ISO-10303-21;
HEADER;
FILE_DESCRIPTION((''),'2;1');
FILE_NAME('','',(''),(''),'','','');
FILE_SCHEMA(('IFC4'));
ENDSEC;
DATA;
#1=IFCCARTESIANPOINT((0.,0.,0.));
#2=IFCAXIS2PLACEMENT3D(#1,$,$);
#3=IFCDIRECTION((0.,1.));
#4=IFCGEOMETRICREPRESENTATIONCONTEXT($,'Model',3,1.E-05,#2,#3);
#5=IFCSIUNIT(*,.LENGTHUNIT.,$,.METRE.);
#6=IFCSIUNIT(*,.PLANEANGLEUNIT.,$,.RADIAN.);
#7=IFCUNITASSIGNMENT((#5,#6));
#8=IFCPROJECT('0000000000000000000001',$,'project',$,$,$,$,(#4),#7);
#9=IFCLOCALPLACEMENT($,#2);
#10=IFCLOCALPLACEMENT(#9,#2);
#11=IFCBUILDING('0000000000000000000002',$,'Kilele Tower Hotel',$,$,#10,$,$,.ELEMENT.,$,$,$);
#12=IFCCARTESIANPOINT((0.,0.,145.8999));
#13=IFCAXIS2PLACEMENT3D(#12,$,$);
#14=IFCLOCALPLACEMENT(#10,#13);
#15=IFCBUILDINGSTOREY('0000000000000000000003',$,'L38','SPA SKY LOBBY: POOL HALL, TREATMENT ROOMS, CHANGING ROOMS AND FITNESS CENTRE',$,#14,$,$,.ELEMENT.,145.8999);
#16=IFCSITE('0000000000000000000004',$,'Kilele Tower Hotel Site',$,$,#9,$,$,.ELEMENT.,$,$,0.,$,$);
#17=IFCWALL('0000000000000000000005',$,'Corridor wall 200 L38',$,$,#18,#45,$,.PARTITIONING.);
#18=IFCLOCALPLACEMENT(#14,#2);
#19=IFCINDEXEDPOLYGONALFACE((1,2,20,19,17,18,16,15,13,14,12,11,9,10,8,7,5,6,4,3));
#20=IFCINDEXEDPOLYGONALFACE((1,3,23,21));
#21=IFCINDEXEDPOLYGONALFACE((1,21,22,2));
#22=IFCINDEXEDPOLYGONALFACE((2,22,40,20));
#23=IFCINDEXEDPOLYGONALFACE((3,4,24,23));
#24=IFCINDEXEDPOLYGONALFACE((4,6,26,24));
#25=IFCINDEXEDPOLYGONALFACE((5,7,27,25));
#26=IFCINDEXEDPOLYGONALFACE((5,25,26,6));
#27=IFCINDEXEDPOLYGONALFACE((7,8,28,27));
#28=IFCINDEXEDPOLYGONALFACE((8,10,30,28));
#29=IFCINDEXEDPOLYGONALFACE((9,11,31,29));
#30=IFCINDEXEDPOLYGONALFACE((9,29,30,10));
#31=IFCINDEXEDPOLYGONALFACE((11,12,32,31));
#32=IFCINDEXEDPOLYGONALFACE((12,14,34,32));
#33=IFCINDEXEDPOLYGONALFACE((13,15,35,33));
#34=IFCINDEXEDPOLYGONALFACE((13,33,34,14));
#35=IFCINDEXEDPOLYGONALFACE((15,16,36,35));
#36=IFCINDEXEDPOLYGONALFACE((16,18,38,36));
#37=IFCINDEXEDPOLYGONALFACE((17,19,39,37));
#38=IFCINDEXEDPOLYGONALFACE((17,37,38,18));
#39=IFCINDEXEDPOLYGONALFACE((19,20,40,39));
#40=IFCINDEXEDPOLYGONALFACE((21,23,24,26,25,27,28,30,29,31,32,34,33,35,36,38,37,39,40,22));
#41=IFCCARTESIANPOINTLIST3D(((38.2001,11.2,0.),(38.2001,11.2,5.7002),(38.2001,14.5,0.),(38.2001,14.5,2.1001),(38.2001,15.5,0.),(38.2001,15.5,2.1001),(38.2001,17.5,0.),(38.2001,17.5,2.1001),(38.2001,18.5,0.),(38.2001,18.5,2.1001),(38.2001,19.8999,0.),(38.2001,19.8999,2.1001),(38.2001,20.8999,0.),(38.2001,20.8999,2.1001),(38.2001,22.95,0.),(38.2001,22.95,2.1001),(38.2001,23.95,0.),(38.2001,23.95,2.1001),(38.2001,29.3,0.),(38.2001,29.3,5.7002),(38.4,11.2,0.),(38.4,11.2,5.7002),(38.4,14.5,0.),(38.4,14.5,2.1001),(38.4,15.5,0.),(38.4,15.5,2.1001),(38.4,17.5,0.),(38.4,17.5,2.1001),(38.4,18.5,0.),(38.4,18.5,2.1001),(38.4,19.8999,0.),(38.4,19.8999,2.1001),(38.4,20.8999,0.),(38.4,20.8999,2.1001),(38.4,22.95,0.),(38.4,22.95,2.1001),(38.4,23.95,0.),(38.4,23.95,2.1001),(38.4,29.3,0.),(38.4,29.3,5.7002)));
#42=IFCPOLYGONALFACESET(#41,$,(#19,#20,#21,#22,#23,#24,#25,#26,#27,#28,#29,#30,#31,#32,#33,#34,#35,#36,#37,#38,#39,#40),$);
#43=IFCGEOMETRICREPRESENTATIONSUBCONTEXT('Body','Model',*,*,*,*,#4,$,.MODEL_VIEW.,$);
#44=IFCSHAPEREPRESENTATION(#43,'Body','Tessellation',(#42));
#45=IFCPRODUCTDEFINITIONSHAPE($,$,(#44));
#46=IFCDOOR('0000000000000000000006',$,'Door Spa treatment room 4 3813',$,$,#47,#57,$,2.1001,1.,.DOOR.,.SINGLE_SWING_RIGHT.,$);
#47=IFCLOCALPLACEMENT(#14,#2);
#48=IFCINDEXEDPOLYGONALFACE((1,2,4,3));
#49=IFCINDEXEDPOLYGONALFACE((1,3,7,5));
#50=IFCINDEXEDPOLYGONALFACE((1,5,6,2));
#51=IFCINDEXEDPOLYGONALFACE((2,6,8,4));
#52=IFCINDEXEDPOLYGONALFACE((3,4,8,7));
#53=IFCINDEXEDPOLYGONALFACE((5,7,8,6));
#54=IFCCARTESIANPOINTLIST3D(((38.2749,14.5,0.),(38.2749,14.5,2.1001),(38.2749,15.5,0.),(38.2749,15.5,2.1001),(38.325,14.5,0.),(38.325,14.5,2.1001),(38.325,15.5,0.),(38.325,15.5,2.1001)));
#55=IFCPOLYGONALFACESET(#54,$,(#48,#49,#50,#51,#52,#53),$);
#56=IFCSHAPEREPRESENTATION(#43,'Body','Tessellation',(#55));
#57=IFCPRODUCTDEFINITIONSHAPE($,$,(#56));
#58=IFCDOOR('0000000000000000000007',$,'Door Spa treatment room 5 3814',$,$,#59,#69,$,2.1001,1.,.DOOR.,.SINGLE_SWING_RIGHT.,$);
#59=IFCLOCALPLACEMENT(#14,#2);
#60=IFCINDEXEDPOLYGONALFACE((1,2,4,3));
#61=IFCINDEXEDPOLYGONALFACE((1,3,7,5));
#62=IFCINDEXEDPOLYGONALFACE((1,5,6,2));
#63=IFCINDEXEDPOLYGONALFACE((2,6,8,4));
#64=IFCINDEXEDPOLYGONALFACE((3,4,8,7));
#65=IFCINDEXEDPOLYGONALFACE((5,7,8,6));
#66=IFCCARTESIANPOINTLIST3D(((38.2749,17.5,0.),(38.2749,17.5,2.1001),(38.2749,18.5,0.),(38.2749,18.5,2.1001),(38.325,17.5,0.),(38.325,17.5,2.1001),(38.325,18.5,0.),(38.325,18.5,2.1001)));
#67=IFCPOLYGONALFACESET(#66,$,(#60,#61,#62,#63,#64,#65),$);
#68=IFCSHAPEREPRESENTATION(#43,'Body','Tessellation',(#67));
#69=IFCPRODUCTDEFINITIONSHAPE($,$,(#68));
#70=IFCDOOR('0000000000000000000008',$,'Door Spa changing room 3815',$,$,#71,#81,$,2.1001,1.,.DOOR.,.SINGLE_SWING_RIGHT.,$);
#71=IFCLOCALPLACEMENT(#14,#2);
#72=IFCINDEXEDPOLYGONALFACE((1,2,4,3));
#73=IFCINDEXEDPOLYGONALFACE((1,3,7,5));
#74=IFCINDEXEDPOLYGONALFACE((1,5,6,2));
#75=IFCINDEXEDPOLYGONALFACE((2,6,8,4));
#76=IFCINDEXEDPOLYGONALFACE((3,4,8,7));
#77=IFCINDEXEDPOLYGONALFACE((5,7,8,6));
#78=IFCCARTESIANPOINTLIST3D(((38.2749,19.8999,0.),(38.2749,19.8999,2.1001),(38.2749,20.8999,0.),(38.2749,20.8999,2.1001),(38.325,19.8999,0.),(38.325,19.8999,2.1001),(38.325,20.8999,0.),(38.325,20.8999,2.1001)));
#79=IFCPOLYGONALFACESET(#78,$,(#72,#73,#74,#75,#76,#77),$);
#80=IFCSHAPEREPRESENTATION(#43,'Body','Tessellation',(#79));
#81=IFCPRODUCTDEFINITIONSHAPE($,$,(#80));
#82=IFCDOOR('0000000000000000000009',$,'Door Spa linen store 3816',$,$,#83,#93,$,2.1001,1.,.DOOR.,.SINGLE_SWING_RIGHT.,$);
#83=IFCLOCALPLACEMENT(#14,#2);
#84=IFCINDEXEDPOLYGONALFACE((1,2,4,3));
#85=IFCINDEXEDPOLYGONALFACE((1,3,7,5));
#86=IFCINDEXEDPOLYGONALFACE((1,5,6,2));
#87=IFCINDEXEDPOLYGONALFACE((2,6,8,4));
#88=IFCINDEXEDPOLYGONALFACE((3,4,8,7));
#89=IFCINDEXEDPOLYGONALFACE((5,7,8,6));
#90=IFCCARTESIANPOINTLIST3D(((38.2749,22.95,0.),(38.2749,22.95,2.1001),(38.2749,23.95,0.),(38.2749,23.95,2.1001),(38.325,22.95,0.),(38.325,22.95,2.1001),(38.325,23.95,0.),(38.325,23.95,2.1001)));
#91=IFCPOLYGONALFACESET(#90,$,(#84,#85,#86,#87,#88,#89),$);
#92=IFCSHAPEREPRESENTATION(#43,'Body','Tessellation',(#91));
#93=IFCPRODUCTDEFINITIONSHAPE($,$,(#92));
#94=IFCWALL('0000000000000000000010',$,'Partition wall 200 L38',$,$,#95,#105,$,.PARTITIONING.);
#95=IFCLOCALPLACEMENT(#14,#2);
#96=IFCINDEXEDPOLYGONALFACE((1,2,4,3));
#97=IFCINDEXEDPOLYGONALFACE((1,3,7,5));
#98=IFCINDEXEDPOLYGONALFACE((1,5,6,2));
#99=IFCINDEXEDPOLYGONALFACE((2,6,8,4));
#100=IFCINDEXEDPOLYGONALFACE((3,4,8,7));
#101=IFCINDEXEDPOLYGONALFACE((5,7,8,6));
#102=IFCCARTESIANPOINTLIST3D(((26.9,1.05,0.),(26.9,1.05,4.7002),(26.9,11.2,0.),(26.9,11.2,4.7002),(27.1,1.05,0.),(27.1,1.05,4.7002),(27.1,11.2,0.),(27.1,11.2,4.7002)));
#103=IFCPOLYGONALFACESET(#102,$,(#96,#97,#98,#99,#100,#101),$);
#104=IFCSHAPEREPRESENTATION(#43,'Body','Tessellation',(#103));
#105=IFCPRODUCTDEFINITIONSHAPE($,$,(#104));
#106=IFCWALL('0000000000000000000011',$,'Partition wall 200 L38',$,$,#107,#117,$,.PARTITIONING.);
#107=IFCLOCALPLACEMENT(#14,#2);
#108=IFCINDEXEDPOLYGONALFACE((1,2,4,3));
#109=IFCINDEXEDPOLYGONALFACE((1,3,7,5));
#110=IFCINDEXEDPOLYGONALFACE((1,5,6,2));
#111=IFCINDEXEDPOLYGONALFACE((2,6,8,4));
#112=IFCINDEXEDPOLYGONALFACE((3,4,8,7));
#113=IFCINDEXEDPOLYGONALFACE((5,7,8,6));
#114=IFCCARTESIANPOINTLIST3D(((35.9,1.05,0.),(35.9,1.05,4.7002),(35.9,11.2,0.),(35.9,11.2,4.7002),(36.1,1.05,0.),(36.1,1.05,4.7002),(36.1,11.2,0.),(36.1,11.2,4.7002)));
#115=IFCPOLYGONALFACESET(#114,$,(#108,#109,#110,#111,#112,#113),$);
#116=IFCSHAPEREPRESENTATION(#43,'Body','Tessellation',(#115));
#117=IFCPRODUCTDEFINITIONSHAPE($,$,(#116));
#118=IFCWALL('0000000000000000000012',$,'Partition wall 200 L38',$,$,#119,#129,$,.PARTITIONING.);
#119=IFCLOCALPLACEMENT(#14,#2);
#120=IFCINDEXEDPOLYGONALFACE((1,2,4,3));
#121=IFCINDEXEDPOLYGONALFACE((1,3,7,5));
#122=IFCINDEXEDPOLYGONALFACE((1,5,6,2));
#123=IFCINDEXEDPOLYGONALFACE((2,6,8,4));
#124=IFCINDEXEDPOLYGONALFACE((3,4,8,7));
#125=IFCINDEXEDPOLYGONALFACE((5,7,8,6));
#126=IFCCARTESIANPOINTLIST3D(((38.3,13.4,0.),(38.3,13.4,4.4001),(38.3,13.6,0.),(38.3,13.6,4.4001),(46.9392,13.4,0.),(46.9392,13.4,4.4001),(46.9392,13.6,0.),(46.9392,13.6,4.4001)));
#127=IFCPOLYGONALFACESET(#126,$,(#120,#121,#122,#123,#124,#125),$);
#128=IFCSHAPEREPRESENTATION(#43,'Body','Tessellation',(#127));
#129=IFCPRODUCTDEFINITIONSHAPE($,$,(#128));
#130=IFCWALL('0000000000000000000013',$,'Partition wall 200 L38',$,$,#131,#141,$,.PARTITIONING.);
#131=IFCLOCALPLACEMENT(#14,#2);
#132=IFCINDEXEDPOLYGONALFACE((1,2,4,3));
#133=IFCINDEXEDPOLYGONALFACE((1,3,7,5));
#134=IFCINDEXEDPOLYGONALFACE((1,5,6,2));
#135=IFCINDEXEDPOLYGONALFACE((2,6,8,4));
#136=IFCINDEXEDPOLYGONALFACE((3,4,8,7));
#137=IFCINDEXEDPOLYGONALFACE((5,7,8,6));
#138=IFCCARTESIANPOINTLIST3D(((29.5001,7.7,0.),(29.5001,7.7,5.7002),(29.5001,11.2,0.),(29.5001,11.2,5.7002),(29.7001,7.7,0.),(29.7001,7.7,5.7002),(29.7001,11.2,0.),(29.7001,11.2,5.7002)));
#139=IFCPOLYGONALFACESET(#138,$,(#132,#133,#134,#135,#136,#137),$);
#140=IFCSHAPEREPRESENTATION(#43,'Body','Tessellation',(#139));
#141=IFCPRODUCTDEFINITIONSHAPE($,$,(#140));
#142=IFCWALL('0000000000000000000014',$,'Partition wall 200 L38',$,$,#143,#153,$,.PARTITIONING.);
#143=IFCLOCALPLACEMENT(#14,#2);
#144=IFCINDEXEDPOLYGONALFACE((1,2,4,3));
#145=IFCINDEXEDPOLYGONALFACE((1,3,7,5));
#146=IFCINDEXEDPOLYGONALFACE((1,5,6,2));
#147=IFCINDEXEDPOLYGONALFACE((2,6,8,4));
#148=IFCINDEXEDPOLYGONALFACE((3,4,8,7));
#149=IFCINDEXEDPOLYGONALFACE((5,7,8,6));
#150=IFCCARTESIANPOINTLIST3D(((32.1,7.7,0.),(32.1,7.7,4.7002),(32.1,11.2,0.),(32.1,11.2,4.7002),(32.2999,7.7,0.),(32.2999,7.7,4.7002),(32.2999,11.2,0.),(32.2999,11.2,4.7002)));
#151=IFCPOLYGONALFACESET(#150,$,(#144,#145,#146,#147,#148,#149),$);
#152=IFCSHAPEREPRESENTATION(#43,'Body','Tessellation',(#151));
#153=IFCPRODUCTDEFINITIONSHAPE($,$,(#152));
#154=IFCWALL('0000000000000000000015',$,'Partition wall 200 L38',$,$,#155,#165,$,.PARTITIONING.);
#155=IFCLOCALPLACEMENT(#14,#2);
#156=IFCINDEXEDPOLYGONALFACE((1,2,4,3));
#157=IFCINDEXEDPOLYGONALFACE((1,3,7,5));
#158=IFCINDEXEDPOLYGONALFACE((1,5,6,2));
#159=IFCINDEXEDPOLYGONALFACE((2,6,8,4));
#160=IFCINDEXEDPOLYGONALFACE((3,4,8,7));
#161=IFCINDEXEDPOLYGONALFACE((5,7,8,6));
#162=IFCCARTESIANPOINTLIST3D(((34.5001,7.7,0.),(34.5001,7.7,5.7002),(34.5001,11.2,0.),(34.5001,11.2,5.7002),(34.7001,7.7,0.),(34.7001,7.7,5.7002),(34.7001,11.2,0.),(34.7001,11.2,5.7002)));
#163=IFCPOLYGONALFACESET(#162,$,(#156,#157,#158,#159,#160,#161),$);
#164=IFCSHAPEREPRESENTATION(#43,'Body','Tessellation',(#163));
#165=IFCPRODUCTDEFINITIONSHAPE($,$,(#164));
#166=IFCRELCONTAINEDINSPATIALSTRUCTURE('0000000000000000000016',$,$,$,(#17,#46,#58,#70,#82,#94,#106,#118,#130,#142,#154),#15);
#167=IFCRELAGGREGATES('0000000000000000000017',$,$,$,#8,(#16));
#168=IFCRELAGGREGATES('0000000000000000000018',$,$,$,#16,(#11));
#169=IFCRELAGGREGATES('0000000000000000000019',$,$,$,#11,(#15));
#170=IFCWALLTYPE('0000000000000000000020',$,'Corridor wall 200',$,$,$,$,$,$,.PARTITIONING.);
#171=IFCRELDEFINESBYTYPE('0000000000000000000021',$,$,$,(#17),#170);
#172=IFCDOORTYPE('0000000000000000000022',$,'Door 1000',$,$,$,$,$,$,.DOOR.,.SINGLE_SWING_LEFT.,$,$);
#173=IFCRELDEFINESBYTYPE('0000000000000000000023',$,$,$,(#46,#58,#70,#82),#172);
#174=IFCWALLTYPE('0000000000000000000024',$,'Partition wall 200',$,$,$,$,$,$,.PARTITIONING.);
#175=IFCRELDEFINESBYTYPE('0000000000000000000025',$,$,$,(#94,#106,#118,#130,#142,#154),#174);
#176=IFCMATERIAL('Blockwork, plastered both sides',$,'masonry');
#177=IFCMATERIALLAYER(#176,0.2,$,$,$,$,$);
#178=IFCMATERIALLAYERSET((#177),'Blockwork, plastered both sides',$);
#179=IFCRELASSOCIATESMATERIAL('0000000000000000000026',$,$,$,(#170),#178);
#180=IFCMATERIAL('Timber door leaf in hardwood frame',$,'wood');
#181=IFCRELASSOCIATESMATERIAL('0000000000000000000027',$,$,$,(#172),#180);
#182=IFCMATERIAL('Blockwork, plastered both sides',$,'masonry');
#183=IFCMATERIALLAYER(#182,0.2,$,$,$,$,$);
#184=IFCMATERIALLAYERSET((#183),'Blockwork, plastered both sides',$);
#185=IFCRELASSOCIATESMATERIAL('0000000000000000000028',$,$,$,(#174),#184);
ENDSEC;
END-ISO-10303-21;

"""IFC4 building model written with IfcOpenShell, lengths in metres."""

from ifc_helpers import new_model, si_unit, direction, frame, frame_2d, origin, place, context, subcontext, project, spatial, rectangle, extrude, material, layer, layer_set, type_object, element, fill, save


model = new_model("IFC4")

# Units and contexts
model_context = context("Model", 3, precision=1e-05, world=origin(), true_north=direction((0.0, 1.0)))
body_context = subcontext(model_context, "Body", "Model", "MODEL_VIEW")
ifc_project = project(units=[si_unit("LENGTHUNIT", "METRE"), si_unit("PLANEANGLEUNIT", "RADIAN")], contexts=[model_context])

# Site, building, storey
site_placement = place(None, origin())
site = spatial("IfcSite", under=ifc_project, at=site_placement, Name="Kilele Tower Hotel Site", CompositionType="ELEMENT", RefElevation=0.0)
building_placement = place(site_placement, origin())
building = spatial("IfcBuilding", under=site, at=building_placement, Name="Kilele Tower Hotel", CompositionType="ELEMENT")
storey_placement = place(building_placement, frame((0.0, 0.0, 145.8999)))
storey = spatial("IfcBuildingStorey", under=building, at=storey_placement, Name="L38", Description="SPA SKY LOBBY: POOL HALL, TREATMENT ROOMS, CHANGING ROOMS AND FITNESS CENTRE", CompositionType="ELEMENT", Elevation=145.8999)

# Wall, openings, doors
ifc_material_1 = material(Name="Blockwork, plastered both sides", Category="masonry")
ifc_layer_1 = layer(ifc_material_1, 0.2)
ifc_layer_set_1 = layer_set([ifc_layer_1], Name="Blockwork, plastered both sides")
wall_type_1 = type_object("IfcWallType", Name="Corridor wall 200", PredefinedType="PARTITIONING", material=ifc_layer_set_1)
wall_1_placement = place(storey_placement, frame((38.3, 11.2, 0.0), z_axis=(0.0, 0.0, 1.0), x_axis=(0.0, 1.0, 0.0)))
wall_1 = element("IfcWall", 1, at=wall_1_placement, inside=storey, type_object=wall_type_1, Name="Corridor wall 200 L38", PredefinedType="PARTITIONING", context=body_context, shape_type="SweptSolid", body=[
    extrude(rectangle(XDim=18.1001, YDim=0.2, at=frame_2d((9.05, 0.0))), origin(), (0.0, 0.0, 1.0), 5.7002),
])
opening_1_placement = place(wall_1_placement, frame((4.3, 0.0, 0.0), z_axis=(0.0, 0.0, 1.0), x_axis=(-1.0, 0.0, 0.0)))
opening_1 = element("IfcOpeningElement", 2, at=opening_1_placement, cuts=wall_1, PredefinedType="OPENING", context=body_context, shape_type="SweptSolid", body=[
    extrude(rectangle(XDim=1.0, YDim=2.1001, at=frame_2d((0.5, 1.05))), frame((0.0, 0.1099, 0.0), z_axis=(0.0, -1.0, 0.0), x_axis=(1.0, 0.0, 0.0)), (0.0, 0.0, 1.0), 0.22),
])
opening_2_placement = place(wall_1_placement, frame((7.3, 0.0, 0.0), z_axis=(0.0, 0.0, 1.0), x_axis=(-1.0, 0.0, 0.0)))
opening_2 = element("IfcOpeningElement", 3, at=opening_2_placement, cuts=wall_1, PredefinedType="OPENING", context=body_context, shape_type="SweptSolid", body=[
    extrude(rectangle(XDim=1.0, YDim=2.1001, at=frame_2d((0.5, 1.05))), frame((0.0, 0.1099, 0.0), z_axis=(0.0, -1.0, 0.0), x_axis=(1.0, 0.0, 0.0)), (0.0, 0.0, 1.0), 0.22),
])
opening_3_placement = place(wall_1_placement, frame((9.7, 0.0, 0.0), z_axis=(0.0, 0.0, 1.0), x_axis=(-1.0, 0.0, 0.0)))
opening_3 = element("IfcOpeningElement", 4, at=opening_3_placement, cuts=wall_1, PredefinedType="OPENING", context=body_context, shape_type="SweptSolid", body=[
    extrude(rectangle(XDim=1.0, YDim=2.1001, at=frame_2d((0.5, 1.05))), frame((0.0, 0.1099, 0.0), z_axis=(0.0, -1.0, 0.0), x_axis=(1.0, 0.0, 0.0)), (0.0, 0.0, 1.0), 0.22),
])
opening_4_placement = place(wall_1_placement, frame((12.75, 0.0, 0.0), z_axis=(0.0, 0.0, 1.0), x_axis=(-1.0, 0.0, 0.0)))
opening_4 = element("IfcOpeningElement", 5, at=opening_4_placement, cuts=wall_1, PredefinedType="OPENING", context=body_context, shape_type="SweptSolid", body=[
    extrude(rectangle(XDim=1.0, YDim=2.1001, at=frame_2d((0.5, 1.05))), frame((0.0, 0.1099, 0.0), z_axis=(0.0, -1.0, 0.0), x_axis=(1.0, 0.0, 0.0)), (0.0, 0.0, 1.0), 0.22),
])
ifc_material_2 = material(Name="Timber door leaf in hardwood frame", Category="wood")
door_type_1 = type_object("IfcDoorType", Name="Door 1000", OperationType="SINGLE_SWING_LEFT", PredefinedType="DOOR", material=ifc_material_2)
door_1_placement = place(opening_1_placement, origin())
door_1 = element("IfcDoor", 6, at=door_1_placement, inside=storey, type_object=door_type_1, Name="Door Spa treatment room 4 3813", OperationType="SINGLE_SWING_RIGHT", OverallHeight=2.1001, OverallWidth=1.0, PredefinedType="DOOR", context=body_context, shape_type="SweptSolid", body=[
    extrude(rectangle(XDim=1.0, YDim=2.1001, at=frame_2d((0.5, 1.05))), frame((0.0, 0.0249, 0.0), z_axis=(0.0, -1.0, 0.0), x_axis=(1.0, 0.0, 0.0)), (0.0, 0.0, 1.0), 0.05),
])
fill(opening_1, door_1)
door_2_placement = place(opening_2_placement, origin())
door_2 = element("IfcDoor", 7, at=door_2_placement, inside=storey, type_object=door_type_1, Name="Door Spa treatment room 5 3814", OperationType="SINGLE_SWING_RIGHT", OverallHeight=2.1001, OverallWidth=1.0, PredefinedType="DOOR", context=body_context, shape_type="SweptSolid", body=[
    extrude(rectangle(XDim=1.0, YDim=2.1001, at=frame_2d((0.5, 1.05))), frame((0.0, 0.0249, 0.0), z_axis=(0.0, -1.0, 0.0), x_axis=(1.0, 0.0, 0.0)), (0.0, 0.0, 1.0), 0.05),
])
fill(opening_2, door_2)
door_3_placement = place(opening_3_placement, origin())
door_3 = element("IfcDoor", 8, at=door_3_placement, inside=storey, type_object=door_type_1, Name="Door Spa changing room 3815", OperationType="SINGLE_SWING_RIGHT", OverallHeight=2.1001, OverallWidth=1.0, PredefinedType="DOOR", context=body_context, shape_type="SweptSolid", body=[
    extrude(rectangle(XDim=1.0, YDim=2.1001, at=frame_2d((0.5, 1.05))), frame((0.0, 0.0249, 0.0), z_axis=(0.0, -1.0, 0.0), x_axis=(1.0, 0.0, 0.0)), (0.0, 0.0, 1.0), 0.05),
])
fill(opening_3, door_3)
door_4_placement = place(opening_4_placement, origin())
door_4 = element("IfcDoor", 9, at=door_4_placement, inside=storey, type_object=door_type_1, Name="Door Spa linen store 3816", OperationType="SINGLE_SWING_RIGHT", OverallHeight=2.1001, OverallWidth=1.0, PredefinedType="DOOR", context=body_context, shape_type="SweptSolid", body=[
    extrude(rectangle(XDim=1.0, YDim=2.1001, at=frame_2d((0.5, 1.05))), frame((0.0, 0.0249, 0.0), z_axis=(0.0, -1.0, 0.0), x_axis=(1.0, 0.0, 0.0)), (0.0, 0.0, 1.0), 0.05),
])
fill(opening_4, door_4)

# Walls
ifc_material_3 = material(Name="Blockwork, plastered both sides", Category="masonry")
ifc_layer_2 = layer(ifc_material_3, 0.2)
ifc_layer_set_2 = layer_set([ifc_layer_2], Name="Blockwork, plastered both sides")
wall_type_2 = type_object("IfcWallType", Name="Partition wall 200", PredefinedType="PARTITIONING", material=ifc_layer_set_2)
for number, where, z_axis, x_axis, name in (
    (10, (27.0, 11.2, 0.0), (0.0, 0.0, 1.0), (0.0, -1.0, 0.0), "Partition wall 200 L38"),
    (11, (36.0, 11.2, 0.0), (0.0, 0.0, 1.0), (0.0, -1.0, 0.0), "Partition wall 200 L38"),
):
    element("IfcWall", number, at=place(storey_placement, frame(where, z_axis=z_axis, x_axis=x_axis)), inside=storey, type_object=wall_type_2, Name=name, PredefinedType="PARTITIONING", context=body_context, shape_type="SweptSolid", body=[
        extrude(rectangle(XDim=10.1499, YDim=0.2, at=frame_2d((5.075, 0.0))), origin(), (0.0, 0.0, 1.0), 4.7002),
    ])
wall_2_placement = place(storey_placement, frame((38.3, 13.5, 0.0), z_axis=(0.0, 0.0, 1.0), x_axis=(1.0, 0.0, 0.0)))
element("IfcWall", 12, at=wall_2_placement, inside=storey, type_object=wall_type_2, Name="Partition wall 200 L38", PredefinedType="PARTITIONING", context=body_context, shape_type="SweptSolid", body=[
    extrude(rectangle(XDim=8.6392, YDim=0.2, at=frame_2d((4.3196, 0.0))), origin(), (0.0, 0.0, 1.0), 4.4001),
])
wall_3_placement = place(storey_placement, frame((29.6001, 11.2, 0.0), z_axis=(0.0, 0.0, 1.0), x_axis=(0.0, -1.0, 0.0)))
element("IfcWall", 13, at=wall_3_placement, inside=storey, type_object=wall_type_2, Name="Partition wall 200 L38", PredefinedType="PARTITIONING", context=body_context, shape_type="SweptSolid", body=[
    extrude(rectangle(XDim=3.5, YDim=0.2, at=frame_2d((1.75, 0.0))), origin(), (0.0, 0.0, 1.0), 5.7002),
])
wall_4_placement = place(storey_placement, frame((32.2, 11.2, 0.0), z_axis=(0.0, 0.0, 1.0), x_axis=(0.0, -1.0, 0.0)))
element("IfcWall", 14, at=wall_4_placement, inside=storey, type_object=wall_type_2, Name="Partition wall 200 L38", PredefinedType="PARTITIONING", context=body_context, shape_type="SweptSolid", body=[
    extrude(rectangle(XDim=3.5, YDim=0.2, at=frame_2d((1.75, 0.0))), origin(), (0.0, 0.0, 1.0), 4.7002),
])
wall_5_placement = place(storey_placement, frame((34.6001, 11.2, 0.0), z_axis=(0.0, 0.0, 1.0), x_axis=(0.0, -1.0, 0.0)))
element("IfcWall", 15, at=wall_5_placement, inside=storey, type_object=wall_type_2, Name="Partition wall 200 L38", PredefinedType="PARTITIONING", context=body_context, shape_type="SweptSolid", body=[
    extrude(rectangle(XDim=3.5, YDim=0.2, at=frame_2d((1.75, 0.0))), origin(), (0.0, 0.0, 1.0), 5.7002),
])

save(model, "model.ifc")
